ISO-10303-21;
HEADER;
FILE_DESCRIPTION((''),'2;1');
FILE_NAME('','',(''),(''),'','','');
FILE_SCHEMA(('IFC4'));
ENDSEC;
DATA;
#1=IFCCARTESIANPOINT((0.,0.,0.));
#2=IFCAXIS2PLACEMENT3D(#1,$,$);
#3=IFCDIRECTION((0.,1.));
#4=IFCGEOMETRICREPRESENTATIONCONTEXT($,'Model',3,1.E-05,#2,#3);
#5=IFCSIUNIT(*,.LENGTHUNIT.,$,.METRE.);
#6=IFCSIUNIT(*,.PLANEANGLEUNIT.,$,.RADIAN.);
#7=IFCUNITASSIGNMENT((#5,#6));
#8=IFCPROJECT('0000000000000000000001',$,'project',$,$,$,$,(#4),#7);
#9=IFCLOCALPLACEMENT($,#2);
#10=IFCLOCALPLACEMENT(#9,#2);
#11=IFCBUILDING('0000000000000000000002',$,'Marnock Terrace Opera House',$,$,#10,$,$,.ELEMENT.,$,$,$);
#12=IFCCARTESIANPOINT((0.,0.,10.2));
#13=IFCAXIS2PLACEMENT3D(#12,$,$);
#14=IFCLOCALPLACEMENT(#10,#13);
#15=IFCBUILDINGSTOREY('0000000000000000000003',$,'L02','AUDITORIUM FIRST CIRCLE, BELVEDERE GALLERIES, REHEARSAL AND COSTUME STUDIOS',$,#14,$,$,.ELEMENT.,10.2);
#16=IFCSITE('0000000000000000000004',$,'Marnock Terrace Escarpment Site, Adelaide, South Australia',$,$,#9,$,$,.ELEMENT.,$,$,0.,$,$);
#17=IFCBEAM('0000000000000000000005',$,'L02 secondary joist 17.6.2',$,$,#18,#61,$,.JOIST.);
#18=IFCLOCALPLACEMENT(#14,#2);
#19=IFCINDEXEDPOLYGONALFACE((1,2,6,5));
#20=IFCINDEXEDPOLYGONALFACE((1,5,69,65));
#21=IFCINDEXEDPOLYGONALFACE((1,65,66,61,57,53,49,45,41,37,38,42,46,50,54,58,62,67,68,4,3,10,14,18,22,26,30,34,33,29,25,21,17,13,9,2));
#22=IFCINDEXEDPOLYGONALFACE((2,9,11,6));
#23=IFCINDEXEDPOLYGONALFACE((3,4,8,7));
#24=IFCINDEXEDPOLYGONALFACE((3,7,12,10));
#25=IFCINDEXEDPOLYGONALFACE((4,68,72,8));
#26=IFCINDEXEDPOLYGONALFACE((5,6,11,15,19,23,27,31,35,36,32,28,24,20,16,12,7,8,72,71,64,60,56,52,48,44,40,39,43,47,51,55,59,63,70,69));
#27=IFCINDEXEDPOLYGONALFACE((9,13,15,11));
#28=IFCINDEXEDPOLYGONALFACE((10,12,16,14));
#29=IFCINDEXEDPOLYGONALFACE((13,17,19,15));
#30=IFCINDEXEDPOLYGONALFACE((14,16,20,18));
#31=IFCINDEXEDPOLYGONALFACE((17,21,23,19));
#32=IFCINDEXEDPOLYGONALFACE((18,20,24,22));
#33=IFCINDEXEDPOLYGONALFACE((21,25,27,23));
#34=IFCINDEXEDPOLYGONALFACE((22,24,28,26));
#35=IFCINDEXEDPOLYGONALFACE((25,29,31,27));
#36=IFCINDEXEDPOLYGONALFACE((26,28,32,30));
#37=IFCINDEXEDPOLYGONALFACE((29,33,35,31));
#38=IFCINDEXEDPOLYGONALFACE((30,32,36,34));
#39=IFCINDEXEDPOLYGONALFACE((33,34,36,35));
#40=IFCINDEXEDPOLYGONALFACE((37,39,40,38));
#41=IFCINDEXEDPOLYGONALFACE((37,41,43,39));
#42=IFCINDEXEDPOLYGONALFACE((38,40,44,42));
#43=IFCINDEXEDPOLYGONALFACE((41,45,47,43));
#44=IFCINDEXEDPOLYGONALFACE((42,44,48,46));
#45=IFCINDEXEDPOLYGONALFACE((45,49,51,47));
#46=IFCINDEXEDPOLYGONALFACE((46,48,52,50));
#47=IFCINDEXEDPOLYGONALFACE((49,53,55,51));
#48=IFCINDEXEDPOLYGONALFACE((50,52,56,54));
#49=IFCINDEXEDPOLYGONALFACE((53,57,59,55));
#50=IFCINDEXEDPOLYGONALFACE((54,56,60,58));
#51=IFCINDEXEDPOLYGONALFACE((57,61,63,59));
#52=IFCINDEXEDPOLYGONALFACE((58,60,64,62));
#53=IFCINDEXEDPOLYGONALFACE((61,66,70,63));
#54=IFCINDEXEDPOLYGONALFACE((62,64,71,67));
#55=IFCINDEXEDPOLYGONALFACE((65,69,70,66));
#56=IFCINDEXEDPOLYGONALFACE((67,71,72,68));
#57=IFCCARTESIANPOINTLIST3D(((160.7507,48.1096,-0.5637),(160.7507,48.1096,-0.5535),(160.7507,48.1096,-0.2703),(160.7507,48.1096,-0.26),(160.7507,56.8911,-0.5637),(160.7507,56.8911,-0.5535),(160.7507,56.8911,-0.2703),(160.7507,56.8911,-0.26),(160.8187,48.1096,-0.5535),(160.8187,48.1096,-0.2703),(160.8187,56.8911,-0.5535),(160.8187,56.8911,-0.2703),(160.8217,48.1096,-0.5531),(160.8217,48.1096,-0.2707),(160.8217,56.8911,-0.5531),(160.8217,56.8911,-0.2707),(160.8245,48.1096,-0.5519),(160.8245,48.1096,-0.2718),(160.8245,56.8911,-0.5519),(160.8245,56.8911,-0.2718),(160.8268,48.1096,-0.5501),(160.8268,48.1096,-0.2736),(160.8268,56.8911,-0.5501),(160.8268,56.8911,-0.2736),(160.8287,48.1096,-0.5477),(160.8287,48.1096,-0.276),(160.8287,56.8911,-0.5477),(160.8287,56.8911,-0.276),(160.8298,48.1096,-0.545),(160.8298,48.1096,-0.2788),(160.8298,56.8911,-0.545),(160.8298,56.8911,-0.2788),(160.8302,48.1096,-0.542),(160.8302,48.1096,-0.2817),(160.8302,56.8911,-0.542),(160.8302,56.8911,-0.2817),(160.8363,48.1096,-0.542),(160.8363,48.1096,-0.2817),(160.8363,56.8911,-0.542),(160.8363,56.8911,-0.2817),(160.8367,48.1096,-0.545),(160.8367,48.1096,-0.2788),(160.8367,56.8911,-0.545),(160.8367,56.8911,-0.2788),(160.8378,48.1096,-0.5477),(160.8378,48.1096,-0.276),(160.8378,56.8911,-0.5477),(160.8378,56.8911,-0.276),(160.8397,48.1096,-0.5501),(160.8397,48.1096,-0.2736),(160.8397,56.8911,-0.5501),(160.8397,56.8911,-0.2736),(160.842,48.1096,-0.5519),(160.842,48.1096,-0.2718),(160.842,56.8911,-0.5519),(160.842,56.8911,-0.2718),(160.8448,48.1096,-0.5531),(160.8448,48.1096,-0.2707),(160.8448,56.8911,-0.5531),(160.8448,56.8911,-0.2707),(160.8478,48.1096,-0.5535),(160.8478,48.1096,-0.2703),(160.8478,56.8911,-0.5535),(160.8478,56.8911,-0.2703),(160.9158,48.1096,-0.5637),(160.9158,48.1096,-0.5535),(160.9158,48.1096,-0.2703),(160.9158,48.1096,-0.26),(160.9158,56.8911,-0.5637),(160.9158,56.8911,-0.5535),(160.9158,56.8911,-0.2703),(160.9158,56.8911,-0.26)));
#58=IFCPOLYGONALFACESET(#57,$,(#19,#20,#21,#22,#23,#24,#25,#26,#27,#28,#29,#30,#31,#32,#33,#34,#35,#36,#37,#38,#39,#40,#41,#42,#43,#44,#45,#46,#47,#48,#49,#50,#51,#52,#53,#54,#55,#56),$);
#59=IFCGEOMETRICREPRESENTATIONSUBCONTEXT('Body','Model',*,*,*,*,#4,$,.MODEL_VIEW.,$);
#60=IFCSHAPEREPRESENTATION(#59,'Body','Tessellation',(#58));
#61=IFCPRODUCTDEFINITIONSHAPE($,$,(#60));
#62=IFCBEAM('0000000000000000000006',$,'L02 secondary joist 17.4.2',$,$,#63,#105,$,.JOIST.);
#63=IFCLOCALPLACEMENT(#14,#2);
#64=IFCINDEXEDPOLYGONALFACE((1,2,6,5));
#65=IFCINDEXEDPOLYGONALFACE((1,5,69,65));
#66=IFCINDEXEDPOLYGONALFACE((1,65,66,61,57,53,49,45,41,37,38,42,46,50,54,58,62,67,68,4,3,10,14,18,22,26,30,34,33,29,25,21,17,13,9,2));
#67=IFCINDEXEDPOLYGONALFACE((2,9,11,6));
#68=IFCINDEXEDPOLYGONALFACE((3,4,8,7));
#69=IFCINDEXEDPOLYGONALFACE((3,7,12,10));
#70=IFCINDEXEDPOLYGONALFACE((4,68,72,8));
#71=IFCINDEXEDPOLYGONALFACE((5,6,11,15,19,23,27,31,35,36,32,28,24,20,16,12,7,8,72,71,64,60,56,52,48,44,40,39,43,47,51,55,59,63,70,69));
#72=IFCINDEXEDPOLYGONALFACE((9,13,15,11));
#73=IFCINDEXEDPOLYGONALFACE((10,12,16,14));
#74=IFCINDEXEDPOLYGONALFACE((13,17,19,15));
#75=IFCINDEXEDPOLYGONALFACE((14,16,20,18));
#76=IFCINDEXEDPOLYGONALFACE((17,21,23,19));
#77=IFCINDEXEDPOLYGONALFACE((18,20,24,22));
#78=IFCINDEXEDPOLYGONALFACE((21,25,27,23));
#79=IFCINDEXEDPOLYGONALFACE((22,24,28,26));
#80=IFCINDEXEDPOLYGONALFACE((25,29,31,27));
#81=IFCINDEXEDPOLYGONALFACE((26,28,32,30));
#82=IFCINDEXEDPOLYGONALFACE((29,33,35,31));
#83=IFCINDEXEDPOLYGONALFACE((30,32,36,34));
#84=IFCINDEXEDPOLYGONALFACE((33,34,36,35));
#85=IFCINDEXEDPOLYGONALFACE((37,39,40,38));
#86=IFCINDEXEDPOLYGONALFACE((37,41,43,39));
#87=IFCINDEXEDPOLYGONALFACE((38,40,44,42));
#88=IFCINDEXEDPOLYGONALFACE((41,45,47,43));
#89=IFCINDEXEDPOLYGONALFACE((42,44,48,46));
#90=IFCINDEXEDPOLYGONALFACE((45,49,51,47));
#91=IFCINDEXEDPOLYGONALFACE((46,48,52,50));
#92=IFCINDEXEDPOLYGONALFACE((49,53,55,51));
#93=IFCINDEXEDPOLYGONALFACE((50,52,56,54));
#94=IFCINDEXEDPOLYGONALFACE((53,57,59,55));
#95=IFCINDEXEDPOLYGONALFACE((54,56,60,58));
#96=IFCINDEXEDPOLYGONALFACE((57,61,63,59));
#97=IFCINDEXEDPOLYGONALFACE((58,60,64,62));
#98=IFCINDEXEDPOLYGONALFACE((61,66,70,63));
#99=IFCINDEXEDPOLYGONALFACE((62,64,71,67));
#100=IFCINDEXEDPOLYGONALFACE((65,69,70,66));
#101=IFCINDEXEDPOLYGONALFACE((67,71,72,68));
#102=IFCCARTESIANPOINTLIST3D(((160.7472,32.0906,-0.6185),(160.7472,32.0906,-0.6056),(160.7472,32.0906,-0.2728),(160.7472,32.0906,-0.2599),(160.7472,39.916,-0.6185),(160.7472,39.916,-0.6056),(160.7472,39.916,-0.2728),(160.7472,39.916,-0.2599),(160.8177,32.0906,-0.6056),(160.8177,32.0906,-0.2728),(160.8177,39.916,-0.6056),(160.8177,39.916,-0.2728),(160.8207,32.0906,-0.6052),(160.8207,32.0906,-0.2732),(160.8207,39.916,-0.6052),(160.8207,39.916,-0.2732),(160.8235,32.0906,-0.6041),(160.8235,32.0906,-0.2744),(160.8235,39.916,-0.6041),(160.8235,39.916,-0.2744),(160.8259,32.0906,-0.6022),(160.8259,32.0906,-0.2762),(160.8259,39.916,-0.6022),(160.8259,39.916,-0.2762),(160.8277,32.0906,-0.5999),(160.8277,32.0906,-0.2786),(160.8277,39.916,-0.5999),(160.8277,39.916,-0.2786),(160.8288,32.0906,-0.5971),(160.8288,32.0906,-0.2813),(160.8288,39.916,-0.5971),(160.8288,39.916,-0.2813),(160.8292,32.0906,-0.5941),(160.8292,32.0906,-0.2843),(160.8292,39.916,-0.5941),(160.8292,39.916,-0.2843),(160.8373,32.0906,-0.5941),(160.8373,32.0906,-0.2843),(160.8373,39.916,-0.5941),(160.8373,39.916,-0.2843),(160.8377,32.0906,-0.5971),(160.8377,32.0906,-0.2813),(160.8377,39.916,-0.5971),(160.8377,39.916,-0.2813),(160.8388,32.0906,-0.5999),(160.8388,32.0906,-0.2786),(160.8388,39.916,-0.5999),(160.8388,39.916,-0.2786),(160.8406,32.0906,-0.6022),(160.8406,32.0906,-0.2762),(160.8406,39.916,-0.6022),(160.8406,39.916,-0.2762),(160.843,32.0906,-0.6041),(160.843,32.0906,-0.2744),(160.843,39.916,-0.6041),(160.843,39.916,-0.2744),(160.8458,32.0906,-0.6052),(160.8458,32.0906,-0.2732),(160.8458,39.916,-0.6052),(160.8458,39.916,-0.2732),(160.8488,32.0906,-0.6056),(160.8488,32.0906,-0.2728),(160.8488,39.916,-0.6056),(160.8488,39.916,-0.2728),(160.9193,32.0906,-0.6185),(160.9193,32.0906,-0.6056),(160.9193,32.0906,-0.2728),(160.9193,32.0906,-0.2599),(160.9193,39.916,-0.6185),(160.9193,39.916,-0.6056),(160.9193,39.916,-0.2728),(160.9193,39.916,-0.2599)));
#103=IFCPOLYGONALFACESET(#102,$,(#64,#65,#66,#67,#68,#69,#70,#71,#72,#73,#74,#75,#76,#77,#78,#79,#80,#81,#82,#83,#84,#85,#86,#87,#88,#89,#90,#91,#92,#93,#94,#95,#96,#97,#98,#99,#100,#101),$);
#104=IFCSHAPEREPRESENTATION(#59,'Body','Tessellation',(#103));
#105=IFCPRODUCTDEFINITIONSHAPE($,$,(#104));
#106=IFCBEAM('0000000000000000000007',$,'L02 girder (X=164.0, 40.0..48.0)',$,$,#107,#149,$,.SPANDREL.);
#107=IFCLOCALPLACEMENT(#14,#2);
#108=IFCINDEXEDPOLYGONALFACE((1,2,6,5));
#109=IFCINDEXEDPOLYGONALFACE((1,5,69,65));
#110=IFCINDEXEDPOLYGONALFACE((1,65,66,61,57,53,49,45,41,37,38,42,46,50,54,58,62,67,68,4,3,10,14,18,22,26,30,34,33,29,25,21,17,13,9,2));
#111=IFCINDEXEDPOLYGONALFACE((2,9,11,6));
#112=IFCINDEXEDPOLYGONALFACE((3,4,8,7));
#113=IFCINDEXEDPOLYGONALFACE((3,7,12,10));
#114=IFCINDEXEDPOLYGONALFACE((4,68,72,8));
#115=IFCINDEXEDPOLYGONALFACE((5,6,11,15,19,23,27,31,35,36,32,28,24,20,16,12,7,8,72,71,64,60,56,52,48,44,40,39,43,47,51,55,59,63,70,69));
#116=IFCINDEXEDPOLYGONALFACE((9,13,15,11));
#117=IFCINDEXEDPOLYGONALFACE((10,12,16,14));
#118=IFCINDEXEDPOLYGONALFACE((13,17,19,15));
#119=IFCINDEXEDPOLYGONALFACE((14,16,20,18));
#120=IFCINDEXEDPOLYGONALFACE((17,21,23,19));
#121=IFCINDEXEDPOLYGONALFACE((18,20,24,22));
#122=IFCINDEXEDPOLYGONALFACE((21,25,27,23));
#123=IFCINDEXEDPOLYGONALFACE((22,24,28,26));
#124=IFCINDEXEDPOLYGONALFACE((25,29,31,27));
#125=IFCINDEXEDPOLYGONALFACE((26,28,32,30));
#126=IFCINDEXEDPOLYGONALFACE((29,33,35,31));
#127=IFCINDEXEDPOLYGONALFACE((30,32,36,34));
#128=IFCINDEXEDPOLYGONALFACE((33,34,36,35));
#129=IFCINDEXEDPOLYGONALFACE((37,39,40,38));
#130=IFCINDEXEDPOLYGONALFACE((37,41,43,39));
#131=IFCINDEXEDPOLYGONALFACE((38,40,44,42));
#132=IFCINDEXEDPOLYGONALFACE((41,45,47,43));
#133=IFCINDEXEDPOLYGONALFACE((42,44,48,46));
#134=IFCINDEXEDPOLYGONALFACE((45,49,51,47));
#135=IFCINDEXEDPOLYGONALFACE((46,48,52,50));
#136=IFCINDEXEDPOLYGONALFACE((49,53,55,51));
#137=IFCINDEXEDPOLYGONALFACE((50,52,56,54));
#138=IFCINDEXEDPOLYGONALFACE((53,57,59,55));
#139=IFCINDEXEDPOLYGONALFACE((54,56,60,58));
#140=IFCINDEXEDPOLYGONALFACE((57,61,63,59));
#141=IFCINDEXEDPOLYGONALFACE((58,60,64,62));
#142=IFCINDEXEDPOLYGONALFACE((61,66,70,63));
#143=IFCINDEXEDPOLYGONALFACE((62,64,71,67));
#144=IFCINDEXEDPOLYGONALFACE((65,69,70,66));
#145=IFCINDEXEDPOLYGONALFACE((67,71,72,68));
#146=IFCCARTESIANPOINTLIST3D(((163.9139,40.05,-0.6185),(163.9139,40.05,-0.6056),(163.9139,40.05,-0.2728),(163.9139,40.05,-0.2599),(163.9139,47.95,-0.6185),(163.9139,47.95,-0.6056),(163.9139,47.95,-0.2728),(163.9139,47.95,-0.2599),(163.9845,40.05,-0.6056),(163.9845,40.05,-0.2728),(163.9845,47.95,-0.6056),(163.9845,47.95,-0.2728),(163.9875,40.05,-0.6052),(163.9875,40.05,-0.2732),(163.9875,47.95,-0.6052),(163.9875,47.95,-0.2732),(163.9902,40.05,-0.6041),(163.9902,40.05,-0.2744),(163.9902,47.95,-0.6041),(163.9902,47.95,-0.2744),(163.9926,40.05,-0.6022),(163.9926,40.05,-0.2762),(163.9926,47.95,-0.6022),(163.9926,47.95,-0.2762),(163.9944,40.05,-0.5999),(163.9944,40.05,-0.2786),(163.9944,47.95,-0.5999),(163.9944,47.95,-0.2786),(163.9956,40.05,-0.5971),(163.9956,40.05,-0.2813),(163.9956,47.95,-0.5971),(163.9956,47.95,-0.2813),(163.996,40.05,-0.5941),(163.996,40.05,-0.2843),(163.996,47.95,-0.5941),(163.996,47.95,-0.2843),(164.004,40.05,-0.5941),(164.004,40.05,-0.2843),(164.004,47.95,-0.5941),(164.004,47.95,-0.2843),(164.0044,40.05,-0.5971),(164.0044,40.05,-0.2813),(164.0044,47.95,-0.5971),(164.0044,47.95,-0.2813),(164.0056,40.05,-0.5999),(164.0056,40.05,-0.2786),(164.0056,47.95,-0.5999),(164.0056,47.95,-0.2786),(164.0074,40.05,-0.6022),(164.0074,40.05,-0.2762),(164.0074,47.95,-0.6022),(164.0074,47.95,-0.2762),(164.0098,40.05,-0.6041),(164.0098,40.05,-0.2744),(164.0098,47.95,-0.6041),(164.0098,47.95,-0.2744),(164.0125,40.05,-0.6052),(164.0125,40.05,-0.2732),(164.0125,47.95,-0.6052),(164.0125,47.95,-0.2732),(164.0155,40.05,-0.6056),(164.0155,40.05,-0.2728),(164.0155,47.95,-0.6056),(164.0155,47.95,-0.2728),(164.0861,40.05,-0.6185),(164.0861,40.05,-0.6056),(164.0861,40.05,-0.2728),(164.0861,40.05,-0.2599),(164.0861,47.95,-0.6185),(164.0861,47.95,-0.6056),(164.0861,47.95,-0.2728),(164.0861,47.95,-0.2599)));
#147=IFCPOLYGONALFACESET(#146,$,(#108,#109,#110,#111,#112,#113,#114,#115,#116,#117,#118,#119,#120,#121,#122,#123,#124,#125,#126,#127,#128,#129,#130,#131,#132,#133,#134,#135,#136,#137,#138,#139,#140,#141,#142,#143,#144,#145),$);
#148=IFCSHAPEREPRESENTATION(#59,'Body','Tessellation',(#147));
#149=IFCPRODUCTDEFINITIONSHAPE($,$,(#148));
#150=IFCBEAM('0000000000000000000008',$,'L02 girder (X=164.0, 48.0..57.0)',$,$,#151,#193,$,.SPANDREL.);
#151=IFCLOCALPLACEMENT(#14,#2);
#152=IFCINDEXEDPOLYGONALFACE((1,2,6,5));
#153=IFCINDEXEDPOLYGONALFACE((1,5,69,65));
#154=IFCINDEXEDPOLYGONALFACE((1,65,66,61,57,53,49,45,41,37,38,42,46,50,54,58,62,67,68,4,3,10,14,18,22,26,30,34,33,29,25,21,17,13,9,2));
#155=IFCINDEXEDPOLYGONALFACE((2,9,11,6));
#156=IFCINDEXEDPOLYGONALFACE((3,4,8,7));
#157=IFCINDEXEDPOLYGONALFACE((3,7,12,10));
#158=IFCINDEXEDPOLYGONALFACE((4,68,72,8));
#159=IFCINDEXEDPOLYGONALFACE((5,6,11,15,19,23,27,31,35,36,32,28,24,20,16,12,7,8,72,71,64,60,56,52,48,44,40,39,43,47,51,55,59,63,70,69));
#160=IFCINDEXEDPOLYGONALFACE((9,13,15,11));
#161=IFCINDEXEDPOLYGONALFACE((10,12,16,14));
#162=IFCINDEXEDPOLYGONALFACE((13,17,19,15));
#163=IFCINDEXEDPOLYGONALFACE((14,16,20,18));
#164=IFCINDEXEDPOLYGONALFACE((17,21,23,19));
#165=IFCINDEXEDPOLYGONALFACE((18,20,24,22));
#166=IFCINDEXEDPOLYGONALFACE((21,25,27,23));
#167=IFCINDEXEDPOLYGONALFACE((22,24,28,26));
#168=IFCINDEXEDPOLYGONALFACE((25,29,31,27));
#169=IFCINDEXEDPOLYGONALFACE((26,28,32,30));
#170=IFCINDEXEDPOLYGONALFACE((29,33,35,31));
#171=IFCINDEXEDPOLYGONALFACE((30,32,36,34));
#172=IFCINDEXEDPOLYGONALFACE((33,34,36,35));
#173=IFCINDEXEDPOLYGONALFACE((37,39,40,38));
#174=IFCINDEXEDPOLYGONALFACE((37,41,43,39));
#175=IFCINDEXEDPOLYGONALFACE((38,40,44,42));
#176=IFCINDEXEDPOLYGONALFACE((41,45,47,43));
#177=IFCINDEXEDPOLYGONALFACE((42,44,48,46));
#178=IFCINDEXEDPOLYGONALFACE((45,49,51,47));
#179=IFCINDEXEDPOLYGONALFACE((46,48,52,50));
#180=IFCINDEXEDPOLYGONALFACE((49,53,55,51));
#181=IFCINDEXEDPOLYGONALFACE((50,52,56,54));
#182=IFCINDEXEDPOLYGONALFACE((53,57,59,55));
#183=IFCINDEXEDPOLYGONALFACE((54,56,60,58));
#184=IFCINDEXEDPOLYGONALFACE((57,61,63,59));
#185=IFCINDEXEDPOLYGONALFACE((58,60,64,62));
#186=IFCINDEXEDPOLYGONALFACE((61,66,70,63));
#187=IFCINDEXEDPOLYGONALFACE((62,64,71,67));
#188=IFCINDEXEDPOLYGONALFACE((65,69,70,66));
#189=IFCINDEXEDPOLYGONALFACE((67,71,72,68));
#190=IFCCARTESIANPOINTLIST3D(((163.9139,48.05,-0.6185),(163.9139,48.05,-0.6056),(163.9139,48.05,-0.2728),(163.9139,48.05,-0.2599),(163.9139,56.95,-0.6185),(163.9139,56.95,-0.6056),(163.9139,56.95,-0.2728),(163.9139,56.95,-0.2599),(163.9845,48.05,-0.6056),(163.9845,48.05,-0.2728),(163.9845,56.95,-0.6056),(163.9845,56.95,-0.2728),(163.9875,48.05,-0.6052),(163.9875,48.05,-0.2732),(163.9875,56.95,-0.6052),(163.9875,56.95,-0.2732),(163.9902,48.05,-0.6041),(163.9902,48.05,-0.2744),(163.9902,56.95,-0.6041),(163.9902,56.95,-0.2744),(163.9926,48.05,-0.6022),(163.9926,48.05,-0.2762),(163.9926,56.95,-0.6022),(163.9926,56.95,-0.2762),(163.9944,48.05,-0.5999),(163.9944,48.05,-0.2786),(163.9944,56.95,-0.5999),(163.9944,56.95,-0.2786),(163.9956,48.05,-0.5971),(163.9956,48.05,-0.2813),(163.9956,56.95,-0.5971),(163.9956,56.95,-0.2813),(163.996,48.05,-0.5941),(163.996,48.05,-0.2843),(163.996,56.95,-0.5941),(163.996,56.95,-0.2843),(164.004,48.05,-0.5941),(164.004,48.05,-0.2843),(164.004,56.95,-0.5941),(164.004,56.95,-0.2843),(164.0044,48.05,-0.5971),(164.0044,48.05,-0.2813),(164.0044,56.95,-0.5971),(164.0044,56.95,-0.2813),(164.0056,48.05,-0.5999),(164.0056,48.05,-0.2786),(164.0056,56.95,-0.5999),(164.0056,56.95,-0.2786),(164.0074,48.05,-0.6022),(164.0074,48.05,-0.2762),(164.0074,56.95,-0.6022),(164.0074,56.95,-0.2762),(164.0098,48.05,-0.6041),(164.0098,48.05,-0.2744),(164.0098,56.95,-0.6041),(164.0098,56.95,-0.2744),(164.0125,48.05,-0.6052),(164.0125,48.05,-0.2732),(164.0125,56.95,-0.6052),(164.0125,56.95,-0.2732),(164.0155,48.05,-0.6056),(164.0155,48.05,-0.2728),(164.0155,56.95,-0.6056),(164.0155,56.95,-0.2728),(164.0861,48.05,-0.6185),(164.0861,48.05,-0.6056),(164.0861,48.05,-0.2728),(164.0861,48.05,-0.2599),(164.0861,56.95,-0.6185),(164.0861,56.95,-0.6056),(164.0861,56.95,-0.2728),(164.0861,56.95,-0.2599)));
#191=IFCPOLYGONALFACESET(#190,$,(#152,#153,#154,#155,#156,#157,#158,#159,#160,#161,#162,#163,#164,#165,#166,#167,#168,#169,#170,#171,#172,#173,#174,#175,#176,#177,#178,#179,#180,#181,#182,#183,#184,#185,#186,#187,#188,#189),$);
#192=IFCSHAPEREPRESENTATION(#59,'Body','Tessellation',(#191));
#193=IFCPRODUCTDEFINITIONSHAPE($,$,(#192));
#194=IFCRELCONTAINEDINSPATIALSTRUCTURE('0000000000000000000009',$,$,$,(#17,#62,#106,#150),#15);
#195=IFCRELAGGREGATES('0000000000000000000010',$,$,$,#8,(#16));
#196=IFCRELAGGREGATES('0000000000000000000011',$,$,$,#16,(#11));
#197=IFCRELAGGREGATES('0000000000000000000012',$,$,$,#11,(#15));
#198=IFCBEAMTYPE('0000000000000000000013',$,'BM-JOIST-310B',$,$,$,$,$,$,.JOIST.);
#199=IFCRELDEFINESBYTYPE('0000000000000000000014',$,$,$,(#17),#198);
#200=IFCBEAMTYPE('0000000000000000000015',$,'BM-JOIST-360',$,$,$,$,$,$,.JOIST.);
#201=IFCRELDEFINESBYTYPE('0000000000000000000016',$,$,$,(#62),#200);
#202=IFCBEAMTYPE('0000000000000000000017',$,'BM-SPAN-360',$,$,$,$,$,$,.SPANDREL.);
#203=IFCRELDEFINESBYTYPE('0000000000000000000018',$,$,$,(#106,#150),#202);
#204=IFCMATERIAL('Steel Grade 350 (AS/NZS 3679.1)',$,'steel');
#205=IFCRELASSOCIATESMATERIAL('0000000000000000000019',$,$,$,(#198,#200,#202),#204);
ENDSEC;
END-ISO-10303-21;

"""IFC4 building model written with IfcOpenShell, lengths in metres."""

from ifc_helpers import new_model, si_unit, direction, frame, origin, origin_2d, place, context, subcontext, project, spatial, i_section, extrude, material, material_profile, profile_set, type_object, element, save


model = new_model("IFC4")

# Units and contexts
model_context = context("Model", 3, precision=1e-05, world=origin(), true_north=direction((0.0, 1.0)))
body_context = subcontext(model_context, "Body", "Model", "MODEL_VIEW")
ifc_project = project(units=[si_unit("LENGTHUNIT", "METRE"), si_unit("PLANEANGLEUNIT", "RADIAN")], contexts=[model_context])

# Site, building, storey
site_placement = place(None, origin())
site = spatial("IfcSite", under=ifc_project, at=site_placement, Name="Marnock Terrace Escarpment Site, Adelaide, South Australia", CompositionType="ELEMENT", RefElevation=0.0)
building_placement = place(site_placement, origin())
building = spatial("IfcBuilding", under=site, at=building_placement, Name="Marnock Terrace Opera House", CompositionType="ELEMENT")
storey_placement = place(building_placement, frame((0.0, 0.0, 10.2)))
storey = spatial("IfcBuildingStorey", under=building, at=storey_placement, Name="L02", Description="AUDITORIUM FIRST CIRCLE, BELVEDERE GALLERIES, REHEARSAL AND COSTUME STUDIOS", CompositionType="ELEMENT", Elevation=10.2)

# Beams
ifc_material_1 = material(Name="Steel Grade 350 (AS/NZS 3679.1)", Category="steel")
ifc_material_profile_1 = material_profile(ifc_material_1, i_section(OverallWidth=0.165, OverallDepth=0.3037, WebThickness=0.0061, FlangeThickness=0.0103, FilletRadius=0.0115, at=origin_2d()))
ifc_profile_set_1 = profile_set([ifc_material_profile_1], Name="Steel Grade 350 (AS/NZS 3679.1)")
beam_type_1 = type_object("IfcBeamType", Name="BM-JOIST-310B", PredefinedType="JOIST", material=ifc_profile_set_1)
for number, where, z_axis, x_axis, name in (
    (1, (160.8333, 48.1096, -0.4119), (0.0, 1.0, 0.0), (-1.0, 0.0, 0.0), "L02 secondary joist 17.6.2"),
):
    element("IfcBeam", number, at=place(storey_placement, frame(where, z_axis=z_axis, x_axis=x_axis)), inside=storey, type_object=beam_type_1, Name=name, PredefinedType="JOIST", context=body_context, shape_type="SweptSolid", body=[
        extrude(i_section(OverallWidth=0.165, OverallDepth=0.3037, WebThickness=0.0061, FlangeThickness=0.0103, FilletRadius=0.0115, at=origin_2d()), origin(), (0.0, 0.0, 1.0), 8.7815),
    ])
ifc_material_profile_2 = material_profile(ifc_material_1, i_section(OverallWidth=0.1721, OverallDepth=0.3586, WebThickness=0.0081, FlangeThickness=0.0129, FilletRadius=0.0115, at=origin_2d()))
ifc_profile_set_2 = profile_set([ifc_material_profile_2], Name="Steel Grade 350 (AS/NZS 3679.1)")
beam_type_2 = type_object("IfcBeamType", Name="BM-JOIST-360", PredefinedType="JOIST", material=ifc_profile_set_2)
beam_1_placement = place(storey_placement, frame((160.8333, 32.0906, -0.4392), z_axis=(0.0, 1.0, 0.0), x_axis=(-1.0, 0.0, 0.0)))
element("IfcBeam", 2, at=beam_1_placement, inside=storey, type_object=beam_type_2, Name="L02 secondary joist 17.4.2", PredefinedType="JOIST", context=body_context, shape_type="SweptSolid", body=[
    extrude(i_section(OverallWidth=0.1721, OverallDepth=0.3586, WebThickness=0.0081, FlangeThickness=0.0129, FilletRadius=0.0115, at=origin_2d()), origin(), (0.0, 0.0, 1.0), 7.8254),
])
ifc_material_profile_3 = material_profile(ifc_material_1, i_section(OverallWidth=0.1721, OverallDepth=0.3586, WebThickness=0.0081, FlangeThickness=0.0129, FilletRadius=0.0115, at=origin_2d()))
ifc_profile_set_3 = profile_set([ifc_material_profile_3], Name="Steel Grade 350 (AS/NZS 3679.1)")
beam_type_3 = type_object("IfcBeamType", Name="BM-SPAN-360", PredefinedType="SPANDREL", material=ifc_profile_set_3)
beam_2_placement = place(storey_placement, frame((164.0, 40.05, -0.4392), z_axis=(0.0, 1.0, 0.0), x_axis=(-1.0, 0.0, 0.0)))
element("IfcBeam", 3, at=beam_2_placement, inside=storey, type_object=beam_type_3, Name="L02 girder (X=164.0, 40.0..48.0)", PredefinedType="SPANDREL", context=body_context, shape_type="SweptSolid", body=[
    extrude(i_section(OverallWidth=0.1721, OverallDepth=0.3586, WebThickness=0.0081, FlangeThickness=0.0129, FilletRadius=0.0115, at=origin_2d()), origin(), (0.0, 0.0, 1.0), 7.8999),
])
beam_3_placement = place(storey_placement, frame((164.0, 48.05, -0.4392), z_axis=(0.0, 1.0, 0.0), x_axis=(-1.0, 0.0, 0.0)))
element("IfcBeam", 4, at=beam_3_placement, inside=storey, type_object=beam_type_3, Name="L02 girder (X=164.0, 48.0..57.0)", PredefinedType="SPANDREL", context=body_context, shape_type="SweptSolid", body=[
    extrude(i_section(OverallWidth=0.1721, OverallDepth=0.3586, WebThickness=0.0081, FlangeThickness=0.0129, FilletRadius=0.0115, at=origin_2d()), origin(), (0.0, 0.0, 1.0), 8.8999),
])

save(model, "model.ifc")
